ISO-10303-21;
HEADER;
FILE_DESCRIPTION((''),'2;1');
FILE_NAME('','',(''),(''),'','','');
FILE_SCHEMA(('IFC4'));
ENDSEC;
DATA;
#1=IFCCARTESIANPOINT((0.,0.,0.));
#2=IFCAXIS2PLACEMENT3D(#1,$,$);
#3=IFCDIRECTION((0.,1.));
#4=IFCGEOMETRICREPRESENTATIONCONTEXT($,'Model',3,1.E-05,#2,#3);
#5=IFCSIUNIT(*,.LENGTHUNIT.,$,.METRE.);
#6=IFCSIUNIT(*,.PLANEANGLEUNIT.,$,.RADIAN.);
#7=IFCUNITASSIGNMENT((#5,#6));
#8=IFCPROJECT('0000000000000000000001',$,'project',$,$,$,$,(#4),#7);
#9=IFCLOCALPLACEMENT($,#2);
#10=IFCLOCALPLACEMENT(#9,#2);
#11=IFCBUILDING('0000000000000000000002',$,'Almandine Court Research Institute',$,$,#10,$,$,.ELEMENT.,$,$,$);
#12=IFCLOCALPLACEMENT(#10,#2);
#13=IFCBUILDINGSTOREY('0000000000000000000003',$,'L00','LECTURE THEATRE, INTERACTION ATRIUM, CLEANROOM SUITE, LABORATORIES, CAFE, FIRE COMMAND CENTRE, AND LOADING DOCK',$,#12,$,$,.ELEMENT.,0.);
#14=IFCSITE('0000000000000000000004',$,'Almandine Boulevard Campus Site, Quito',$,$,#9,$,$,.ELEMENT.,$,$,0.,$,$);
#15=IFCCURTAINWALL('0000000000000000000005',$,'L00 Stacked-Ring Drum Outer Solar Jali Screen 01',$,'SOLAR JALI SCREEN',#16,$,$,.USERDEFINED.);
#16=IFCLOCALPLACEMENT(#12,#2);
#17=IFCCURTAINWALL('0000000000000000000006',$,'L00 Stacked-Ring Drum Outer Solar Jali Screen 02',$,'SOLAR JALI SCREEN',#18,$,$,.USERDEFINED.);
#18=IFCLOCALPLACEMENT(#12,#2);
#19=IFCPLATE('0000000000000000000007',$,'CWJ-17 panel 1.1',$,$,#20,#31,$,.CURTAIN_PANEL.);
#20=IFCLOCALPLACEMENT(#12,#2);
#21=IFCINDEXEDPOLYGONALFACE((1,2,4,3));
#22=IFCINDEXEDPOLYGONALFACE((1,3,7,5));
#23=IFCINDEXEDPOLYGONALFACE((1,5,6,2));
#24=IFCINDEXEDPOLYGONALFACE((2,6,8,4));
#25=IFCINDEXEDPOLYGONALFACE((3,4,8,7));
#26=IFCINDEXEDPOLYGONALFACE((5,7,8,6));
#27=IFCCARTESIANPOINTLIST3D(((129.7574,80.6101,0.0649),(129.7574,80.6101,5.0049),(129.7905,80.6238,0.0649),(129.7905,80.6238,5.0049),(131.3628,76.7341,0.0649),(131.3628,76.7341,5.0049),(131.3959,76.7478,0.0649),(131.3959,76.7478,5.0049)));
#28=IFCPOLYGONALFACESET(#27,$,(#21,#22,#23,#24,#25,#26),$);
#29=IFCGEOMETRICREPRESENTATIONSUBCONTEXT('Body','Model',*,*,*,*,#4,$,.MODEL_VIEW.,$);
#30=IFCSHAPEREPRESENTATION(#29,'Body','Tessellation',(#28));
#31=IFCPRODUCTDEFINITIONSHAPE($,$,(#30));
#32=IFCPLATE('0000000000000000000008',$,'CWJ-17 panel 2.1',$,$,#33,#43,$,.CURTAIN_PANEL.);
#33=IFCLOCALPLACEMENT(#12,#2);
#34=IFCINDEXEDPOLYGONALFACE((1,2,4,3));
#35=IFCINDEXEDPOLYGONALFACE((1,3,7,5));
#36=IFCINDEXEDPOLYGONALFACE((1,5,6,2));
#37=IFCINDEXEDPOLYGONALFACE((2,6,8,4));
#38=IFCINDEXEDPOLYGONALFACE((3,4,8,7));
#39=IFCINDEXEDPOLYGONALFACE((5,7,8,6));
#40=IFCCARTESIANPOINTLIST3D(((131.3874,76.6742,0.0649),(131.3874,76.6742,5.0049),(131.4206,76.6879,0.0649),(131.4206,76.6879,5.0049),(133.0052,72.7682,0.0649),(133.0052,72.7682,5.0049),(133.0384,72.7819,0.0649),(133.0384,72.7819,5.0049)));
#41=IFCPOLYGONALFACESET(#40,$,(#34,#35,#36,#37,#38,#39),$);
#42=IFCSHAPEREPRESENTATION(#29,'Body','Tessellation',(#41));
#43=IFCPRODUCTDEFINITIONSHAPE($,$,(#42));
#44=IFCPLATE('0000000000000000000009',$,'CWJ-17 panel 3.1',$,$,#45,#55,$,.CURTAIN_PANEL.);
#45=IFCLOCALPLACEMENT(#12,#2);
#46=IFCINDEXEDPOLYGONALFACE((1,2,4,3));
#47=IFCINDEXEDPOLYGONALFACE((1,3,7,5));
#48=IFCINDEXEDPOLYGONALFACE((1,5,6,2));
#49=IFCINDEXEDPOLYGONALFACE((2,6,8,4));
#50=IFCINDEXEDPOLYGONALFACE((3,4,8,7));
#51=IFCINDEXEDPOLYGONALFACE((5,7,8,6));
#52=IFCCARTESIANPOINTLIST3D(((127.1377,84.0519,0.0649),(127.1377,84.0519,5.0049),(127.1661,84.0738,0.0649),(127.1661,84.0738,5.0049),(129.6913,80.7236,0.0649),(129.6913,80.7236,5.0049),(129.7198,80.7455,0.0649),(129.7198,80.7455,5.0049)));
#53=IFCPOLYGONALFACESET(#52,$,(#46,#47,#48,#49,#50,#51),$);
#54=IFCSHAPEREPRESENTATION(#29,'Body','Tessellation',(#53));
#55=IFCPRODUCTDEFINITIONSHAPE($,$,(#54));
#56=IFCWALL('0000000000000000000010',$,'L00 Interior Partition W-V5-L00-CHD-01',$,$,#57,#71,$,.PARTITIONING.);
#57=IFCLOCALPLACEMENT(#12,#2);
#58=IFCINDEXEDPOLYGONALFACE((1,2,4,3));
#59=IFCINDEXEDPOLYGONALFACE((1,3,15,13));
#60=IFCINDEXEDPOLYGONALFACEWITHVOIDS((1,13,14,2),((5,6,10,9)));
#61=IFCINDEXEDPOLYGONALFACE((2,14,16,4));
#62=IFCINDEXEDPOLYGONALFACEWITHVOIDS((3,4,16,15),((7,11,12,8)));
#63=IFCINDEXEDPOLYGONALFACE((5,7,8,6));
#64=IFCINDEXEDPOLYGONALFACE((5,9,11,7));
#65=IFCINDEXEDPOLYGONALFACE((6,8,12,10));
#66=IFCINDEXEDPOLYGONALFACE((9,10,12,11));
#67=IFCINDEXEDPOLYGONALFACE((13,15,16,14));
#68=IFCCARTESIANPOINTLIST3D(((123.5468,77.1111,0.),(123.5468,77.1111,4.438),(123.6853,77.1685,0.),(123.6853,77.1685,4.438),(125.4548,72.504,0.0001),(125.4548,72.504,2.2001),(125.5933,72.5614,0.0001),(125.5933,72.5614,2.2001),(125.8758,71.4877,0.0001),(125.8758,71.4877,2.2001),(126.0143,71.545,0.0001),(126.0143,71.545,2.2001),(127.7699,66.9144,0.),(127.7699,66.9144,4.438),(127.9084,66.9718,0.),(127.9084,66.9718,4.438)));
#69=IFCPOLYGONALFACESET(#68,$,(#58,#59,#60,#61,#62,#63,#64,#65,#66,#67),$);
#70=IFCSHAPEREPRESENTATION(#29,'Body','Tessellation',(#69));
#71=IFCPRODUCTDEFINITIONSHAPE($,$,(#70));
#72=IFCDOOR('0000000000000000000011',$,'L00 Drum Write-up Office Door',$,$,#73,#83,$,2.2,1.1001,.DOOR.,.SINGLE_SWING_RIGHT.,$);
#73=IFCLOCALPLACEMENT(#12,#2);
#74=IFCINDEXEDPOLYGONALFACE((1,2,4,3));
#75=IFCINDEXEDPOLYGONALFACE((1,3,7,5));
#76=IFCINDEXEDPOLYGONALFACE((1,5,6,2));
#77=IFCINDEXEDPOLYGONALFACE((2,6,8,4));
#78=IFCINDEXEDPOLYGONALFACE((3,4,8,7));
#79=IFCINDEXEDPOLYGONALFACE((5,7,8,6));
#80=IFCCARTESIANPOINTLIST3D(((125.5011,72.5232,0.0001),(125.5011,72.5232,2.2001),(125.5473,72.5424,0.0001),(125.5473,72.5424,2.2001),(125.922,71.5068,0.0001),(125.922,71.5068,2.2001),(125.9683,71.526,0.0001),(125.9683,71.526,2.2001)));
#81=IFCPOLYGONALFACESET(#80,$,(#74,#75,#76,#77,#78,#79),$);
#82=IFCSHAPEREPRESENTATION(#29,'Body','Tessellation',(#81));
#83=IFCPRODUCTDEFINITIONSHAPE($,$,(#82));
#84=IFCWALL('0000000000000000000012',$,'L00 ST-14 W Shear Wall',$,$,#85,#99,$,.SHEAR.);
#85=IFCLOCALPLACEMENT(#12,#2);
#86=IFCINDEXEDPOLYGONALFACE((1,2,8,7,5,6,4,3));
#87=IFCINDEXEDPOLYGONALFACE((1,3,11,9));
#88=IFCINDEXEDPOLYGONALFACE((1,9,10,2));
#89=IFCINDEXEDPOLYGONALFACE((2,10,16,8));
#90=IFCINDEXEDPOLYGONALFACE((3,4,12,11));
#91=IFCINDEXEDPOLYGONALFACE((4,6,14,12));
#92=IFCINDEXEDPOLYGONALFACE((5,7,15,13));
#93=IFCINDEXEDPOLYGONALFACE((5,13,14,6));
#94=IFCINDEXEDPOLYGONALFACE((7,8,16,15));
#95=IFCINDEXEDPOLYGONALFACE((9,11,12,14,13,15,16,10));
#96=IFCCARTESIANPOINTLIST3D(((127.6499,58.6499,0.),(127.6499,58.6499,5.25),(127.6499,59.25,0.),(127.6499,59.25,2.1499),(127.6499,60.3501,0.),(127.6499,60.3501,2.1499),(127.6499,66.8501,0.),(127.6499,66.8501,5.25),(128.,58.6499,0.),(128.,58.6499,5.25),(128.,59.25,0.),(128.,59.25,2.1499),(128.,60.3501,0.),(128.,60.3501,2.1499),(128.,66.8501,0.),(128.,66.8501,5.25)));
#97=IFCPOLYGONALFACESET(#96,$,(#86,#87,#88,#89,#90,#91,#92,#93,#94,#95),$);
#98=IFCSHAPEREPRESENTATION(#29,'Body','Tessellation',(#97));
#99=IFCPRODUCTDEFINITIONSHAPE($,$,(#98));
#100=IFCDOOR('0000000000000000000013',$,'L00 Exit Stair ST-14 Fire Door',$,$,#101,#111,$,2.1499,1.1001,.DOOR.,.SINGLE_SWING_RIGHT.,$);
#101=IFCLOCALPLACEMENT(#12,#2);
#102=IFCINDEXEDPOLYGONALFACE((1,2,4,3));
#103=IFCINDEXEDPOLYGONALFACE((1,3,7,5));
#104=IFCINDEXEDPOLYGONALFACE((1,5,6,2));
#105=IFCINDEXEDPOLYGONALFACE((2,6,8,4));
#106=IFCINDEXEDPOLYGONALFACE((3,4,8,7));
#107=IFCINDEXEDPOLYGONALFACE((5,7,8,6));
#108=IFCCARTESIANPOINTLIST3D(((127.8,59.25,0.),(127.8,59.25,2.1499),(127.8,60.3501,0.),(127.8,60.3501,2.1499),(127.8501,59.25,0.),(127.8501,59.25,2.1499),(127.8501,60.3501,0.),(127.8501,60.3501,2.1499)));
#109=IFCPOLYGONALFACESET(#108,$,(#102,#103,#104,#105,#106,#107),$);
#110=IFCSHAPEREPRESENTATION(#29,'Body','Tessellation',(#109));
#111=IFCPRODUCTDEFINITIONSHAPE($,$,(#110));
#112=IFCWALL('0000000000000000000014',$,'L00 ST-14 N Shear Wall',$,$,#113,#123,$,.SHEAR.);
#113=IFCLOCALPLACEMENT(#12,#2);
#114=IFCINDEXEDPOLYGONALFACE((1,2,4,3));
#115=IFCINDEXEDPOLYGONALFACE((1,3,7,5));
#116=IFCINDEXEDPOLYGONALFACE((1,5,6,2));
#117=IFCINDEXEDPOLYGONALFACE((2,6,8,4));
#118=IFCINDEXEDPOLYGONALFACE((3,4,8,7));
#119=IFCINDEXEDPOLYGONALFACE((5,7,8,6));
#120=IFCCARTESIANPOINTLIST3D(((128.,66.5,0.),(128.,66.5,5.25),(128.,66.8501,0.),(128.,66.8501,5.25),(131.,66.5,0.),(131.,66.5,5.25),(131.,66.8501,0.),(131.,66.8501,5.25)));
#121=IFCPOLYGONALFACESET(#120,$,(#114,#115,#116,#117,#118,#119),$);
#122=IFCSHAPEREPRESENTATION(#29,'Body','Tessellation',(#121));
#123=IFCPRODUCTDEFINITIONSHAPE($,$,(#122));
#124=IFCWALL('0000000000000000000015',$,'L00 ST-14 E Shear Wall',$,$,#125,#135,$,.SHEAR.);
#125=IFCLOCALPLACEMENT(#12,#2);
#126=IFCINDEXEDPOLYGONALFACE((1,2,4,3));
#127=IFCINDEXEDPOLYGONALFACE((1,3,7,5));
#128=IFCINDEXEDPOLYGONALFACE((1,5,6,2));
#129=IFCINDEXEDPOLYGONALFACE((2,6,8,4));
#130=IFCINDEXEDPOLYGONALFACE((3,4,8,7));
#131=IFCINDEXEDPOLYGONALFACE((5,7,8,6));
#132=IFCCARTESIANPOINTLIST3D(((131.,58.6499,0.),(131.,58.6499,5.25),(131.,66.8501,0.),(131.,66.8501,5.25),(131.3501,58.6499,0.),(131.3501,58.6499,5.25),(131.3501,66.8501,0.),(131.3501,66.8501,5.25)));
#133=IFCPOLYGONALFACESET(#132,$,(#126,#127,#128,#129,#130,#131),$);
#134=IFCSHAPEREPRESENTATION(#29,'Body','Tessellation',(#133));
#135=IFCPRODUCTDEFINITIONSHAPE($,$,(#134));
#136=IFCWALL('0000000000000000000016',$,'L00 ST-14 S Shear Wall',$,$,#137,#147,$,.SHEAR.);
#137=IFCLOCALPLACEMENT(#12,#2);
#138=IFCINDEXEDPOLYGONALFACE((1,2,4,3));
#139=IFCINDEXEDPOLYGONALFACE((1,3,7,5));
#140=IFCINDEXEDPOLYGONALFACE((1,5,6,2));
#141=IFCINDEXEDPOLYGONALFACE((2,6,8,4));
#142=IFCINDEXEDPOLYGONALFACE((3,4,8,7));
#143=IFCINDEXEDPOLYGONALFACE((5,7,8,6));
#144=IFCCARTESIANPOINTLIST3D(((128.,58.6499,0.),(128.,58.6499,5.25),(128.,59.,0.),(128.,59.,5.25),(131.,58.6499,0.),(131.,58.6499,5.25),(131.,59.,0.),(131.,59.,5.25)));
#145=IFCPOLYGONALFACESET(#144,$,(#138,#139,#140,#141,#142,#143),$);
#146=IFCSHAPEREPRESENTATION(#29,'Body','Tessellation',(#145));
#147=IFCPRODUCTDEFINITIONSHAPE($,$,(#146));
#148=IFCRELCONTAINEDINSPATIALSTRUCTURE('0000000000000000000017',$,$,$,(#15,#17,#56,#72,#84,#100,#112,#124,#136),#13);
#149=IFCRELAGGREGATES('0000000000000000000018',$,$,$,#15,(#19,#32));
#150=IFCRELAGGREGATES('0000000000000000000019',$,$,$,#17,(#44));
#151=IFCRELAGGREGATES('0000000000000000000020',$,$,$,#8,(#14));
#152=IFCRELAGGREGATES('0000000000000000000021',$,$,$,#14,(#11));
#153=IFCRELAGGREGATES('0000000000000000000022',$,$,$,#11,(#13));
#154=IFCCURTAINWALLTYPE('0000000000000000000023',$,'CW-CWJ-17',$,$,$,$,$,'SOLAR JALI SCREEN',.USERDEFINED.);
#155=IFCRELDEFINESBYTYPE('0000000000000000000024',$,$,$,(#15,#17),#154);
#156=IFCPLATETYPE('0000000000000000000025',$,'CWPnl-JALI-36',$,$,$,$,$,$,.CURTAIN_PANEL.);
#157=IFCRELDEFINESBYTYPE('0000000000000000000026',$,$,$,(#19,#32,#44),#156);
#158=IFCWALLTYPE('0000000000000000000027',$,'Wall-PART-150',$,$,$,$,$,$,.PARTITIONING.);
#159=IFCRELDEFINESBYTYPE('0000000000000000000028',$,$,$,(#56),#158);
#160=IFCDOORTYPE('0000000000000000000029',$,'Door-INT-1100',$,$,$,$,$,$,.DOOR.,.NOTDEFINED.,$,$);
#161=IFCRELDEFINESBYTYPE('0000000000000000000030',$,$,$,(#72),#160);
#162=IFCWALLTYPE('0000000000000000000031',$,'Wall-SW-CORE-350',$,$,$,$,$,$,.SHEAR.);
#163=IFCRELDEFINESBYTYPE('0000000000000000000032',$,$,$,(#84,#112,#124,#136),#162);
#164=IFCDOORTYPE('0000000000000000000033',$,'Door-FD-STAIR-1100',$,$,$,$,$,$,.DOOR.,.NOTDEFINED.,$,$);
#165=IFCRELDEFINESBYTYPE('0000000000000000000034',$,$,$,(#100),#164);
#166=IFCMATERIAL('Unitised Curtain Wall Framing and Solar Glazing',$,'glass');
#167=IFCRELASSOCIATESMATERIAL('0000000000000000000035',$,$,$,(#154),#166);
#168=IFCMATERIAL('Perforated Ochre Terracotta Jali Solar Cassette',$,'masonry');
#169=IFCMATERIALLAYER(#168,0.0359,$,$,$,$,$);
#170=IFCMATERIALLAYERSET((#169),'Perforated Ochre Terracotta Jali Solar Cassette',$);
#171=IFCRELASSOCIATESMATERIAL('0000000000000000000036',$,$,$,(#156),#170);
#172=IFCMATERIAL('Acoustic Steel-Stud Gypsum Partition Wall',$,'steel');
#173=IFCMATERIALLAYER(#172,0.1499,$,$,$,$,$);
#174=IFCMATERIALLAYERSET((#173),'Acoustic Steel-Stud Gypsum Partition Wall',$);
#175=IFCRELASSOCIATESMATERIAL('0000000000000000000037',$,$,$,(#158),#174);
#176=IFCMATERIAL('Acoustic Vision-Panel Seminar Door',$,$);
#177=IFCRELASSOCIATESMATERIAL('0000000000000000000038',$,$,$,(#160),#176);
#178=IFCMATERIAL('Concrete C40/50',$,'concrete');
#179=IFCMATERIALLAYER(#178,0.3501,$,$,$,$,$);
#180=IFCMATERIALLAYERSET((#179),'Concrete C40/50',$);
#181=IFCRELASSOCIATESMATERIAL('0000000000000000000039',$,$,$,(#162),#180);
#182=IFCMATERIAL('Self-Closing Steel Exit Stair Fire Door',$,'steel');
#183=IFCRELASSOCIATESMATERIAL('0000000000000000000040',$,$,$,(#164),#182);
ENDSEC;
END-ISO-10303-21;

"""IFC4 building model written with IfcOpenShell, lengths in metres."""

from ifc_helpers import new_model, si_unit, direction, frame, frame_2d, origin, origin_2d, place, context, subcontext, project, spatial, rectangle, extrude, material, layer, layer_set, type_object, element, fill, aggregate, save


model = new_model("IFC4")

# Units and contexts
model_context = context("Model", 3, precision=1e-05, world=origin(), true_north=direction((0.0, 1.0)))
body_context = subcontext(model_context, "Body", "Model", "MODEL_VIEW")
ifc_project = project(units=[si_unit("LENGTHUNIT", "METRE"), si_unit("PLANEANGLEUNIT", "RADIAN")], contexts=[model_context])

# Site, building, storey
site_placement = place(None, origin())
site = spatial("IfcSite", under=ifc_project, at=site_placement, Name="Almandine Boulevard Campus Site, Quito", CompositionType="ELEMENT", RefElevation=0.0)
building_placement = place(site_placement, origin())
building = spatial("IfcBuilding", under=site, at=building_placement, Name="Almandine Court Research Institute", CompositionType="ELEMENT")
storey_placement = place(building_placement, origin())
storey = spatial("IfcBuildingStorey", under=building, at=storey_placement, Name="L00", Description="LECTURE THEATRE, INTERACTION ATRIUM, CLEANROOM SUITE, LABORATORIES, CAFE, FIRE COMMAND CENTRE, AND LOADING DOCK", CompositionType="ELEMENT", Elevation=0.0)

# Curtain wall
ifc_material_1 = material(Name="Unitised Curtain Wall Framing and Solar Glazing", Category="glass")
curtain_wall_type = type_object("IfcCurtainWallType", Name="CW-CWJ-17", ElementType="SOLAR JALI SCREEN", PredefinedType="USERDEFINED", material=ifc_material_1)
curtain_wall_1_placement = place(storey_placement, origin())
curtain_wall_1 = element("IfcCurtainWall", 1, at=curtain_wall_1_placement, inside=storey, type_object=curtain_wall_type, Name="L00 Stacked-Ring Drum Outer Solar Jali Screen 01", ObjectType="SOLAR JALI SCREEN", PredefinedType="USERDEFINED")

# Curtain wall
curtain_wall_2_placement = place(storey_placement, origin())
curtain_wall_2 = element("IfcCurtainWall", 2, at=curtain_wall_2_placement, inside=storey, type_object=curtain_wall_type, Name="L00 Stacked-Ring Drum Outer Solar Jali Screen 02", ObjectType="SOLAR JALI SCREEN", PredefinedType="USERDEFINED")

# Plates
ifc_material_2 = material(Name="Perforated Ochre Terracotta Jali Solar Cassette", Category="masonry")
ifc_layer_1 = layer(ifc_material_2, 0.0359)
ifc_layer_set_1 = layer_set([ifc_layer_1], Name="Perforated Ochre Terracotta Jali Solar Cassette")
plate_type = type_object("IfcPlateType", Name="CWPnl-JALI-36", PredefinedType="CURTAIN_PANEL", material=ifc_layer_set_1)
plate_1_placement = place(storey_placement, frame((130.5767, 78.679, 0.0649), z_axis=(0.0, 0.0, 1.0), x_axis=(0.382663, -0.923888, 0.0)))
plate_1 = element("IfcPlate", 3, at=plate_1_placement, type_object=plate_type, Name="CWJ-17 panel 1.1", PredefinedType="CURTAIN_PANEL", context=body_context, shape_type="SweptSolid", body=[
    extrude(rectangle(XDim=4.1953, YDim=0.0359, at=origin_2d()), origin(), (0.0, 0.0, 1.0), 4.9399),
])
plate_2_placement = place(storey_placement, frame((132.2129, 74.728, 0.0649), z_axis=(0.0, 0.0, 1.0), x_axis=(0.382663, -0.923888, 0.0)))
plate_2 = element("IfcPlate", 4, at=plate_2_placement, type_object=plate_type, Name="CWJ-17 panel 2.1", PredefinedType="CURTAIN_PANEL", context=body_context, shape_type="SweptSolid", body=[
    extrude(rectangle(XDim=4.2278, YDim=0.0359, at=origin_2d()), origin(), (0.0, 0.0, 1.0), 4.9399),
])
aggregate(curtain_wall_1, [plate_1, plate_2])
plate_3_placement = place(storey_placement, frame((128.4287, 82.3987, 0.0649), z_axis=(0.0, 0.0, 1.0), x_axis=(0.608723, -0.793383, 0.0)))
plate_3 = element("IfcPlate", 5, at=plate_3_placement, type_object=plate_type, Name="CWJ-17 panel 3.1", PredefinedType="CURTAIN_PANEL", context=body_context, shape_type="SweptSolid", body=[
    extrude(rectangle(XDim=4.1951, YDim=0.0359, at=origin_2d()), origin(), (0.0, 0.0, 1.0), 4.9399),
])
aggregate(curtain_wall_2, [plate_3])

# Walls, openings, doors
ifc_material_3 = material(Name="Acoustic Steel-Stud Gypsum Partition Wall", Category="steel")
ifc_layer_2 = layer(ifc_material_3, 0.1499)
ifc_layer_set_2 = layer_set([ifc_layer_2], Name="Acoustic Steel-Stud Gypsum Partition Wall")
wall_type_1 = type_object("IfcWallType", Name="Wall-PART-150", PredefinedType="PARTITIONING", material=ifc_layer_set_2)
wall_1_placement = place(storey_placement, frame((127.8391, 66.9431, 0.0), z_axis=(0.0, 0.0, 1.0), x_axis=(-0.382645, 0.923896, 0.0)))
wall_1 = element("IfcWall", 6, at=wall_1_placement, inside=storey, type_object=wall_type_1, Name="L00 Interior Partition W-V5-L00-CHD-01", PredefinedType="PARTITIONING", context=body_context, shape_type="SweptSolid", body=[
    extrude(rectangle(XDim=11.0366, YDim=0.1499, at=frame_2d((5.5183, 0.0))), origin(), (0.0, 0.0, 1.0), 4.438),
])
opening_1_placement = place(wall_1_placement, frame((4.95, 0.0, 0.0)))
opening_1 = element("IfcOpeningElement", 7, at=opening_1_placement, cuts=wall_1, PredefinedType="OPENING", context=body_context, shape_type="SweptSolid", body=[
    extrude(rectangle(XDim=1.1001, YDim=2.2, at=frame_2d((0.55, 1.1001))), frame((0.0, 0.085, 0.0), z_axis=(0.0, -1.0, 0.0), x_axis=(1.0, 0.0, 0.0)), (0.0, 0.0, 1.0), 0.1699),
])
ifc_material_4 = material(Name="Acoustic Vision-Panel Seminar Door")
door_type_1 = type_object("IfcDoorType", Name="Door-INT-1100", OperationType="NOTDEFINED", PredefinedType="DOOR", material=ifc_material_4)
door_1_placement = place(opening_1_placement, origin())
door_1 = element("IfcDoor", 8, at=door_1_placement, inside=storey, type_object=door_type_1, Name="L00 Drum Write-up Office Door", OperationType="SINGLE_SWING_RIGHT", OverallHeight=2.2, OverallWidth=1.1001, PredefinedType="DOOR", context=body_context, shape_type="SweptSolid", body=[
    extrude(rectangle(XDim=1.1001, YDim=2.2, at=frame_2d((0.55, 1.1001))), frame((0.0, 0.0249, 0.0), z_axis=(0.0, -1.0, 0.0), x_axis=(1.0, 0.0, 0.0)), (0.0, 0.0, 1.0), 0.05),
])
fill(opening_1, door_1)
ifc_material_5 = material(Name="Concrete C40/50", Category="concrete")
ifc_layer_3 = layer(ifc_material_5, 0.3501)
ifc_layer_set_3 = layer_set([ifc_layer_3], Name="Concrete C40/50")
wall_type_2 = type_object("IfcWallType", Name="Wall-SW-CORE-350", PredefinedType="SHEAR", material=ifc_layer_set_3)
wall_2_placement = place(storey_placement, frame((127.825, 58.6499, 0.0), z_axis=(0.0, 0.0, 1.0), x_axis=(0.0, 1.0, 0.0)))
wall_2 = element("IfcWall", 9, at=wall_2_placement, inside=storey, type_object=wall_type_2, Name="L00 ST-14 W Shear Wall", PredefinedType="SHEAR", context=body_context, shape_type="SweptSolid", body=[
    extrude(rectangle(XDim=8.2002, YDim=0.3501, at=frame_2d((4.1001, 0.0))), origin(), (0.0, 0.0, 1.0), 5.25),
])
opening_2_placement = place(wall_2_placement, frame((0.6001, 0.0, 0.0)))
opening_2 = element("IfcOpeningElement", 10, at=opening_2_placement, cuts=wall_2, PredefinedType="OPENING", context=body_context, shape_type="SweptSolid", body=[
    extrude(rectangle(XDim=1.1001, YDim=2.1499, at=frame_2d((0.55, 1.075))), frame((0.0, 0.1851, 0.0), z_axis=(0.0, -1.0, 0.0), x_axis=(1.0, 0.0, 0.0)), (0.0, 0.0, 1.0), 0.3701),
])
ifc_material_6 = material(Name="Self-Closing Steel Exit Stair Fire Door", Category="steel")
door_type_2 = type_object("IfcDoorType", Name="Door-FD-STAIR-1100", OperationType="NOTDEFINED", PredefinedType="DOOR", material=ifc_material_6)
door_2_placement = place(opening_2_placement, origin())
door_2 = element("IfcDoor", 11, at=door_2_placement, inside=storey, type_object=door_type_2, Name="L00 Exit Stair ST-14 Fire Door", OperationType="SINGLE_SWING_RIGHT", OverallHeight=2.1499, OverallWidth=1.1001, PredefinedType="DOOR", context=body_context, shape_type="SweptSolid", body=[
    extrude(rectangle(XDim=1.1001, YDim=2.1499, at=frame_2d((0.55, 1.075))), frame((0.0, 0.0249, 0.0), z_axis=(0.0, -1.0, 0.0), x_axis=(1.0, 0.0, 0.0)), (0.0, 0.0, 1.0), 0.05),
])
fill(opening_2, door_2)

# Walls
wall_3_placement = place(storey_placement, frame((128.0, 66.675, 0.0), z_axis=(0.0, 0.0, 1.0), x_axis=(1.0, 0.0, 0.0)))
element("IfcWall", 12, at=wall_3_placement, inside=storey, type_object=wall_type_2, Name="L00 ST-14 N Shear Wall", PredefinedType="SHEAR", context=body_context, shape_type="SweptSolid", body=[
    extrude(rectangle(XDim=3.0, YDim=0.3501, at=frame_2d((1.5, 0.0))), origin(), (0.0, 0.0, 1.0), 5.25),
])
wall_4_placement = place(storey_placement, frame((131.175, 66.8501, 0.0), z_axis=(0.0, 0.0, 1.0), x_axis=(0.0, -1.0, 0.0)))
element("IfcWall", 13, at=wall_4_placement, inside=storey, type_object=wall_type_2, Name="L00 ST-14 E Shear Wall", PredefinedType="SHEAR", context=body_context, shape_type="SweptSolid", body=[
    extrude(rectangle(XDim=8.2002, YDim=0.3501, at=frame_2d((4.1001, 0.0))), origin(), (0.0, 0.0, 1.0), 5.25),
])
wall_5_placement = place(storey_placement, frame((131.0, 58.825, 0.0), z_axis=(0.0, 0.0, 1.0), x_axis=(-1.0, 0.0, 0.0)))
element("IfcWall", 14, at=wall_5_placement, inside=storey, type_object=wall_type_2, Name="L00 ST-14 S Shear Wall", PredefinedType="SHEAR", context=body_context, shape_type="SweptSolid", body=[
    extrude(rectangle(XDim=3.0, YDim=0.3501, at=frame_2d((1.5, 0.0))), origin(), (0.0, 0.0, 1.0), 5.25),
])

save(model, "model.ifc")
